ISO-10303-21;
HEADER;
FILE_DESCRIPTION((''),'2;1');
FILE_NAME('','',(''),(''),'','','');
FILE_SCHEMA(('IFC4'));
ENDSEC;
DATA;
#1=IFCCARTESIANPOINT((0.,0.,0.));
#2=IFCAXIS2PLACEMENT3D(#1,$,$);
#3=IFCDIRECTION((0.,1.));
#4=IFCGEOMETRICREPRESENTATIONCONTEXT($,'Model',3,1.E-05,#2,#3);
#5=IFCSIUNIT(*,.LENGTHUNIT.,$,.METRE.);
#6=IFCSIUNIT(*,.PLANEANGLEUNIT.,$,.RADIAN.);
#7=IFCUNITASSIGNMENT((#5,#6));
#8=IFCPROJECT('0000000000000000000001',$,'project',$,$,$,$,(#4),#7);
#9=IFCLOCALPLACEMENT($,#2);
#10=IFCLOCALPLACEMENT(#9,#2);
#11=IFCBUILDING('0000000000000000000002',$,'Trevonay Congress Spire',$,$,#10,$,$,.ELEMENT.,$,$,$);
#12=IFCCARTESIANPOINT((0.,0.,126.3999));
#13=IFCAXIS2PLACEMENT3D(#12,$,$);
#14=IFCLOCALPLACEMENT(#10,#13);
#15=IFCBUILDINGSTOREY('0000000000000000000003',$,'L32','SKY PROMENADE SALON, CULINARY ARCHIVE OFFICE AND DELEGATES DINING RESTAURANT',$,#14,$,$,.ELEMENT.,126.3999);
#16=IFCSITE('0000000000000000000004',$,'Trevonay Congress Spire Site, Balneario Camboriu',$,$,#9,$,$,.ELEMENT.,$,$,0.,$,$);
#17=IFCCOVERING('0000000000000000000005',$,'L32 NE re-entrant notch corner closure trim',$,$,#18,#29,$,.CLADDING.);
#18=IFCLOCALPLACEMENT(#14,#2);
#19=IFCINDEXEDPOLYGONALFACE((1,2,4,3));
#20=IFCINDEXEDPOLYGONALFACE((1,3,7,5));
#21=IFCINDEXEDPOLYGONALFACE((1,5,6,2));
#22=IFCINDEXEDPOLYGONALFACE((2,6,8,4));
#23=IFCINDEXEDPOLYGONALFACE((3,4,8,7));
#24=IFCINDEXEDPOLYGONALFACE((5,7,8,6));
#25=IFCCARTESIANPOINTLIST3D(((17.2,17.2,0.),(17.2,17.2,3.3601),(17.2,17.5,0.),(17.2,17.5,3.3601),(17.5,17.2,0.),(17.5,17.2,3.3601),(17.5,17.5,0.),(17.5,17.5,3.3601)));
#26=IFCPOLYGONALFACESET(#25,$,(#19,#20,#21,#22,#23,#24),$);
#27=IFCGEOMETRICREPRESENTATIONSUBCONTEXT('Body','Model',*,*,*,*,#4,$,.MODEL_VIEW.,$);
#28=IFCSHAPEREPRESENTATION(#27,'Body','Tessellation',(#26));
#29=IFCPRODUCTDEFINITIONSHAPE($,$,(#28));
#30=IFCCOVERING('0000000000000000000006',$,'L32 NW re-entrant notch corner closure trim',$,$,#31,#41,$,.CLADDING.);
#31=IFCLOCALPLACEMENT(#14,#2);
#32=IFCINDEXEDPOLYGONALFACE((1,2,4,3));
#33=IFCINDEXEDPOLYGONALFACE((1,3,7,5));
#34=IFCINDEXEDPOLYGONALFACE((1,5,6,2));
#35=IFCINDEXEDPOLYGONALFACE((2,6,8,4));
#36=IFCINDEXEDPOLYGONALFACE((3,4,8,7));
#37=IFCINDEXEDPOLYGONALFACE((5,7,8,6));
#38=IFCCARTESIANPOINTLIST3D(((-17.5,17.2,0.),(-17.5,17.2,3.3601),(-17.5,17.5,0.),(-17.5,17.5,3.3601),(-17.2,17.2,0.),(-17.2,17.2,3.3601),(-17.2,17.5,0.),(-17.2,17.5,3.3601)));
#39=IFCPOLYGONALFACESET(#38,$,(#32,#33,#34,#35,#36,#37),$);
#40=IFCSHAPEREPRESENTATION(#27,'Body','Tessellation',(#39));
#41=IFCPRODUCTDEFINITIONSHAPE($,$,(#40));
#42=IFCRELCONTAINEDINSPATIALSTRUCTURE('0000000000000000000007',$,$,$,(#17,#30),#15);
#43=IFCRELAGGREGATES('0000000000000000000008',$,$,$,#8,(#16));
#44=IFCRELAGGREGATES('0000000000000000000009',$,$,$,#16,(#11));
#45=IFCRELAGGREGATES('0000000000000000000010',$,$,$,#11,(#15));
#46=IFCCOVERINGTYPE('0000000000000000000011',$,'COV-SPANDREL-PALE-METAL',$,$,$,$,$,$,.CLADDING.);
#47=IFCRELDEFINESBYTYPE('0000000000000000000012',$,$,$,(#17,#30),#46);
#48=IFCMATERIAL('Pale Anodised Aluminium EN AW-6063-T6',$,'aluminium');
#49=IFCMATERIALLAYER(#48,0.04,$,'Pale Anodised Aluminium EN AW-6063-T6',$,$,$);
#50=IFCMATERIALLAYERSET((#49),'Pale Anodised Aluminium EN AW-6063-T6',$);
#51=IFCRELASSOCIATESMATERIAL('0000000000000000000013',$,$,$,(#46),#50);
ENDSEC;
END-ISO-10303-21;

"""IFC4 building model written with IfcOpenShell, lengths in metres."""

from ifc_helpers import new_model, si_unit, direction, frame, origin, place, context, subcontext, project, spatial, polyline, outline, extrude, material, layer, layer_set, type_object, element, save


model = new_model("IFC4")

# Units and contexts
model_context = context("Model", 3, precision=1e-05, world=origin(), true_north=direction((0.0, 1.0)))
body_context = subcontext(model_context, "Body", "Model", "MODEL_VIEW")
ifc_project = project(units=[si_unit("LENGTHUNIT", "METRE"), si_unit("PLANEANGLEUNIT", "RADIAN")], contexts=[model_context])

# Site, building, storey
site_placement = place(None, origin())
site = spatial("IfcSite", under=ifc_project, at=site_placement, Name="Trevonay Congress Spire Site, Balneario Camboriu", CompositionType="ELEMENT", RefElevation=0.0)
building_placement = place(site_placement, origin())
building = spatial("IfcBuilding", under=site, at=building_placement, Name="Trevonay Congress Spire", CompositionType="ELEMENT")
storey_placement = place(building_placement, frame((0.0, 0.0, 126.3999)))
storey = spatial("IfcBuildingStorey", under=building, at=storey_placement, Name="L32", Description="SKY PROMENADE SALON, CULINARY ARCHIVE OFFICE AND DELEGATES DINING RESTAURANT", CompositionType="ELEMENT", Elevation=126.3999)

# Shared definitions
ifc_material_1 = material(Name="Pale Anodised Aluminium EN AW-6063-T6", Category="aluminium")

# Coverings
ifc_layer_1 = layer(ifc_material_1, 0.04, Name="Pale Anodised Aluminium EN AW-6063-T6")
ifc_layer_set_1 = layer_set([ifc_layer_1], Name="Pale Anodised Aluminium EN AW-6063-T6")
covering_type_1 = type_object("IfcCoveringType", Name="COV-SPANDREL-PALE-METAL", PredefinedType="CLADDING", material=ifc_layer_set_1)
covering_1_placement = place(storey_placement, origin())
element("IfcCovering", 1, at=covering_1_placement, inside=storey, type_object=covering_type_1, Name="L32 NE re-entrant notch corner closure trim", PredefinedType="CLADDING", context=body_context, shape_type="SweptSolid", body=[
    extrude(outline(polyline([(17.2, 17.2), (17.5, 17.2), (17.5, 17.5), (17.2, 17.5), (17.2, 17.2)])), origin(), (0.0, 0.0, 1.0), 3.3601),
])
covering_2_placement = place(storey_placement, origin())
element("IfcCovering", 2, at=covering_2_placement, inside=storey, type_object=covering_type_1, Name="L32 NW re-entrant notch corner closure trim", PredefinedType="CLADDING", context=body_context, shape_type="SweptSolid", body=[
    extrude(outline(polyline([(-17.5, 17.2), (-17.2, 17.2), (-17.2, 17.5), (-17.5, 17.5), (-17.5, 17.2)])), origin(), (0.0, 0.0, 1.0), 3.3601),
])

save(model, "model.ifc")
